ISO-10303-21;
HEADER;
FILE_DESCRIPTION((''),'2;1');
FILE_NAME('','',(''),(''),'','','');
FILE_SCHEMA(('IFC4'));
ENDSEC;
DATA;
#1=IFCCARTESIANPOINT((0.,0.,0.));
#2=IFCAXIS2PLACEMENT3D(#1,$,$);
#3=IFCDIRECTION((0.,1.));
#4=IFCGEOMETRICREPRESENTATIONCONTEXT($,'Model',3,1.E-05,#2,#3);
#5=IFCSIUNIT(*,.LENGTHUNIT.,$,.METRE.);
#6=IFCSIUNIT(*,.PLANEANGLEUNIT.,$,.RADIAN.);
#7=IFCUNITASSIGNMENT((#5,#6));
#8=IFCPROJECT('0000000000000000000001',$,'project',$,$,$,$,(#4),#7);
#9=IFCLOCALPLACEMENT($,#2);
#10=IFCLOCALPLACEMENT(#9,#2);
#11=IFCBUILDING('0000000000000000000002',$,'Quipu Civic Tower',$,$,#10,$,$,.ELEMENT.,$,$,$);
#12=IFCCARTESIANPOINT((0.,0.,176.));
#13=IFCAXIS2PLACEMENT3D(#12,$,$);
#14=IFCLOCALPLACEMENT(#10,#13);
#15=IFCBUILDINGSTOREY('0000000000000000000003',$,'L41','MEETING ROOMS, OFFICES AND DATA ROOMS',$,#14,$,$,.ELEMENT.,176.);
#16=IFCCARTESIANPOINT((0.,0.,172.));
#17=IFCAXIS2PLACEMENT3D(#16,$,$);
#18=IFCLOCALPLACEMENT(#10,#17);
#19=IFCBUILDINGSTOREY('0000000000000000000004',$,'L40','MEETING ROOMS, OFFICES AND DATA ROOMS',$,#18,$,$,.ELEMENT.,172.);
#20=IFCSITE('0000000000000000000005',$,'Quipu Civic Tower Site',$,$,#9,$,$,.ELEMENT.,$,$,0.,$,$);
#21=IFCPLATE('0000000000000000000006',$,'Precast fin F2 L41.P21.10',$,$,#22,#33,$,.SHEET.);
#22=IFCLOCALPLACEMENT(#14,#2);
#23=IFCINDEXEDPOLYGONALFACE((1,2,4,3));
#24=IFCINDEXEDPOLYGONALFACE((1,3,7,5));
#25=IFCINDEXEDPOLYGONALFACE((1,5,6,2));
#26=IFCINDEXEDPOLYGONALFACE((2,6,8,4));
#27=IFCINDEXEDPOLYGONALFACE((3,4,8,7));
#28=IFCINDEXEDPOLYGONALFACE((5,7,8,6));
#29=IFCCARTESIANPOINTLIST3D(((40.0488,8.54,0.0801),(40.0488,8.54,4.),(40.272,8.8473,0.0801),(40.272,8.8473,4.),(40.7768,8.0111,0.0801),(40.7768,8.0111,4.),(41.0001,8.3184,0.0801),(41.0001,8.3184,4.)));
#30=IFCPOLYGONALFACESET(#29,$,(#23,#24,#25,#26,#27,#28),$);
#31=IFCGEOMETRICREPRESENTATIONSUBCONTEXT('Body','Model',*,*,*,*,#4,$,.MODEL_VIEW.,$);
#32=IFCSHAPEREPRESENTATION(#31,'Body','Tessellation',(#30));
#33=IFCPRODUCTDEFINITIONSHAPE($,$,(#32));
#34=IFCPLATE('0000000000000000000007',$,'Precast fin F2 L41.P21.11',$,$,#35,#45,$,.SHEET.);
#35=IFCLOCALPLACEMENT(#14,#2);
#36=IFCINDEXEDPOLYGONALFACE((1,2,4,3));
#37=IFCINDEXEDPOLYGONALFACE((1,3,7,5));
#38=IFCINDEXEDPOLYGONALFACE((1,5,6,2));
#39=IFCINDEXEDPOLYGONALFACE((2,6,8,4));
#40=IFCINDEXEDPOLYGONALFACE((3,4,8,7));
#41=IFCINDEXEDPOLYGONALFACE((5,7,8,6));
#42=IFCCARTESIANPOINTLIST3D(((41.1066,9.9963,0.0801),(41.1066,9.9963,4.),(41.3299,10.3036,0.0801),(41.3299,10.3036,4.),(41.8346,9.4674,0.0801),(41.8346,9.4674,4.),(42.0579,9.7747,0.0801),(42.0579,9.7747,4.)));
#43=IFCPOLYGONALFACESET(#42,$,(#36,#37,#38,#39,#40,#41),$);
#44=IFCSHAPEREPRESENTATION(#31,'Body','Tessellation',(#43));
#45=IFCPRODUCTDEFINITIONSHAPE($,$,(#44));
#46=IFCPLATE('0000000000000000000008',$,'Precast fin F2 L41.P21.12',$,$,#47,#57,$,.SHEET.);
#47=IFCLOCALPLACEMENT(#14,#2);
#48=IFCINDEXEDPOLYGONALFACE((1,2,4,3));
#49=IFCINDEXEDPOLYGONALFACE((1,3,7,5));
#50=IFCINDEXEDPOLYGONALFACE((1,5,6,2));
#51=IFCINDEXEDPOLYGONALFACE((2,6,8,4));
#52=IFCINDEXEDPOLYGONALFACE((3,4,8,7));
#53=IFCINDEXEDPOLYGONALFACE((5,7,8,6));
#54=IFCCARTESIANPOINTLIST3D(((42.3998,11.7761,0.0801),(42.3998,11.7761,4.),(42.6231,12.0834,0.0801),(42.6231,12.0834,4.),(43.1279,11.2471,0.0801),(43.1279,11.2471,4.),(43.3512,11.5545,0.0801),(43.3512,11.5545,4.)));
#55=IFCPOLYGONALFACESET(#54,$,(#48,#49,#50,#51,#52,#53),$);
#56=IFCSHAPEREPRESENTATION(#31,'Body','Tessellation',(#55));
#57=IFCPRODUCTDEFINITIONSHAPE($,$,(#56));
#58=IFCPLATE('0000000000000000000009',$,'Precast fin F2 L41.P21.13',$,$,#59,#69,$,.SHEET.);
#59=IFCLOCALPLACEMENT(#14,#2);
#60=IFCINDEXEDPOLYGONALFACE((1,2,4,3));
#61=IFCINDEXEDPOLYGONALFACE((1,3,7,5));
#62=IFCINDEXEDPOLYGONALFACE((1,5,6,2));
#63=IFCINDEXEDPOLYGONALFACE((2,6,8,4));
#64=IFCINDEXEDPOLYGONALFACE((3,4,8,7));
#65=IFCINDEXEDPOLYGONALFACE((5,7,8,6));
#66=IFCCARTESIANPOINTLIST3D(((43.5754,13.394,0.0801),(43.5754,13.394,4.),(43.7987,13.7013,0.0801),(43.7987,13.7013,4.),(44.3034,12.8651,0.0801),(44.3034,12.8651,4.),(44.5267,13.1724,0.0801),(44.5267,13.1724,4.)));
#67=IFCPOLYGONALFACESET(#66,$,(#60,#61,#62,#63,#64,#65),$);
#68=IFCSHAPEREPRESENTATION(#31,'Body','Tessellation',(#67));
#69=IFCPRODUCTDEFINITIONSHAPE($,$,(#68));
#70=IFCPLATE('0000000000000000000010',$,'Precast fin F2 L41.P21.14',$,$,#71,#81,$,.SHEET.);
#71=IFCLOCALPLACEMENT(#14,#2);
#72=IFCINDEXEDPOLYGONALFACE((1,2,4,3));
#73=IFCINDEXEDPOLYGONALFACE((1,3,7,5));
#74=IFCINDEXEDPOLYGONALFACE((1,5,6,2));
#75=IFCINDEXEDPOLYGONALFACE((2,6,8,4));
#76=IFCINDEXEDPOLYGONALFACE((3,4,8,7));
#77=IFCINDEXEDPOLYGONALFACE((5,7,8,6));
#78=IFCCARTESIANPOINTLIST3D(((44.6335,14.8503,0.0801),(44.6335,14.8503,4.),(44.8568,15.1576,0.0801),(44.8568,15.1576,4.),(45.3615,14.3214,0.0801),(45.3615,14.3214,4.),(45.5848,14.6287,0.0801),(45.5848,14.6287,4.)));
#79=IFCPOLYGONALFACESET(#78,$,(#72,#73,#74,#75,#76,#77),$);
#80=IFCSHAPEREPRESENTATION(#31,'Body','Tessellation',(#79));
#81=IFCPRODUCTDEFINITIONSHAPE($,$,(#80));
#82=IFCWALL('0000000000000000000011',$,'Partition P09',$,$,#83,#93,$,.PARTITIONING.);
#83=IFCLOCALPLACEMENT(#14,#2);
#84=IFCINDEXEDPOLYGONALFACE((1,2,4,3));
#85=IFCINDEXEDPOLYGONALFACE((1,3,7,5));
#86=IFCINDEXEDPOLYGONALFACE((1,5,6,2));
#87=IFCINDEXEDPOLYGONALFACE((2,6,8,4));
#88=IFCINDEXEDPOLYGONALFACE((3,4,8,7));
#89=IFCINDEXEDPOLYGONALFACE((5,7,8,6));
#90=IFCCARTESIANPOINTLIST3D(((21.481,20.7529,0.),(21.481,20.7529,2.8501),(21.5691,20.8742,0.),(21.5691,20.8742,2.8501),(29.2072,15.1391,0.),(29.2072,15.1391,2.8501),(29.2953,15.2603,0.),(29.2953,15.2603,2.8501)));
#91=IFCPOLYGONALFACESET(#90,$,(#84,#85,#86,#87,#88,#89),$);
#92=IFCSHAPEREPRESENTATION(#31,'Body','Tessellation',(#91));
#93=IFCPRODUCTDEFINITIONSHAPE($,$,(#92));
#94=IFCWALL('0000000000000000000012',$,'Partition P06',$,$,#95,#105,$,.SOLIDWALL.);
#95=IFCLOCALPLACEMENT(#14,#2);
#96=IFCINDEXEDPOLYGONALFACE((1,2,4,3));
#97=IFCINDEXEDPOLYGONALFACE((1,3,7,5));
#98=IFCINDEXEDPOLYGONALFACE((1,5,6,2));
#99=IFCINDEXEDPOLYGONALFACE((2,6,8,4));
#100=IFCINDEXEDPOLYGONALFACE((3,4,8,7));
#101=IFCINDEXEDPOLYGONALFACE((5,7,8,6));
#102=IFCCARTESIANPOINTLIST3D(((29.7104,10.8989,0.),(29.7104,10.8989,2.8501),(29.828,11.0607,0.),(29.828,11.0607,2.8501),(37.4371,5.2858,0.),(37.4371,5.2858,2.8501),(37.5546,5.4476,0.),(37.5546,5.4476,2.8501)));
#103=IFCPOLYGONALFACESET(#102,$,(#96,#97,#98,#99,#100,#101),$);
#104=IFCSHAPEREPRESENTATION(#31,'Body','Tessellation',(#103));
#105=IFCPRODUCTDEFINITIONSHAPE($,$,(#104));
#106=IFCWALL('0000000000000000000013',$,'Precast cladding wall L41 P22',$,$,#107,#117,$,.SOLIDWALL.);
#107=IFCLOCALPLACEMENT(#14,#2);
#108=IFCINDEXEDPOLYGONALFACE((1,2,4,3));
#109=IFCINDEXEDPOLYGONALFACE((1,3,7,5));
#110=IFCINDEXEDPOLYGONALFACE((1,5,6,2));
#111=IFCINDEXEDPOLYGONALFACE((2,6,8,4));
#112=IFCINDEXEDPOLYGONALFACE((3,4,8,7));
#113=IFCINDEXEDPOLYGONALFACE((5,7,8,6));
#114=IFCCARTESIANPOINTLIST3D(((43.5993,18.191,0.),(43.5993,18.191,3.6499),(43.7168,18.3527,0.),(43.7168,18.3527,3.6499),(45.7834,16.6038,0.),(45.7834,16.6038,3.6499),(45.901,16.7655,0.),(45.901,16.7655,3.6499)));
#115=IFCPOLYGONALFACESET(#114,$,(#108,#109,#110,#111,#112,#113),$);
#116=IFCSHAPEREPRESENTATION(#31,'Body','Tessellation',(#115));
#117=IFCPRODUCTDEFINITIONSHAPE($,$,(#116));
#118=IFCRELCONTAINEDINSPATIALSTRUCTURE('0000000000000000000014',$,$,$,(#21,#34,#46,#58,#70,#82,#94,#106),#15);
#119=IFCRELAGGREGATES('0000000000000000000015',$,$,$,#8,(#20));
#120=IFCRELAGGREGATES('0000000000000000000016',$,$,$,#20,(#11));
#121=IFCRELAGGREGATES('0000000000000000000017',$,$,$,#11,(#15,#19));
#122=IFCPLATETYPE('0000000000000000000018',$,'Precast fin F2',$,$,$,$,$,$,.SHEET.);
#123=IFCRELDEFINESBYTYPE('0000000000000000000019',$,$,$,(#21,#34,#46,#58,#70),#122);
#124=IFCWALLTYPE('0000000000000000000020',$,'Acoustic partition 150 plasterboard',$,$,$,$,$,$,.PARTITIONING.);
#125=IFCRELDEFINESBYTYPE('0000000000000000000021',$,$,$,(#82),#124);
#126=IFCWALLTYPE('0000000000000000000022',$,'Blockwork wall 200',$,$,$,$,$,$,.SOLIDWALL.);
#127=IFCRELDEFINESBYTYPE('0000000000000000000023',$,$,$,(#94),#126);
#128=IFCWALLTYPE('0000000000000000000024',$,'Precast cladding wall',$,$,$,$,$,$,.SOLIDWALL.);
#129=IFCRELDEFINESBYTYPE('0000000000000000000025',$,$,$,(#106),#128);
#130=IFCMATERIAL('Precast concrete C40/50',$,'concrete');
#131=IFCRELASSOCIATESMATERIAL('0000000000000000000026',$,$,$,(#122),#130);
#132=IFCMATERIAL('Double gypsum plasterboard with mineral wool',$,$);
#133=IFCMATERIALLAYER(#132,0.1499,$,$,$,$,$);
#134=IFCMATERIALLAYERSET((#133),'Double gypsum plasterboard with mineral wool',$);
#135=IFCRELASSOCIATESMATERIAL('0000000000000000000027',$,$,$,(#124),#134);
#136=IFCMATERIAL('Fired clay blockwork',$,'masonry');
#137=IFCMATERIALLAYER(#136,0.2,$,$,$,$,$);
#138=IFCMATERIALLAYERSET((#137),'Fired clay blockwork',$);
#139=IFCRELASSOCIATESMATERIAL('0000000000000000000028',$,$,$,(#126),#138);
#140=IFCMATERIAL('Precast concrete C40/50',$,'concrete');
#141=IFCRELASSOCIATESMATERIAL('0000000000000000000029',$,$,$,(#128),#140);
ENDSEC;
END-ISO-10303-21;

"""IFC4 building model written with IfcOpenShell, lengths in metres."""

from ifc_helpers import new_model, si_unit, direction, frame, frame_2d, origin, origin_2d, place, context, subcontext, project, spatial, rectangle, extrude, material, layer, layer_set, type_object, element, save


model = new_model("IFC4")

# Units and contexts
model_context = context("Model", 3, precision=1e-05, world=origin(), true_north=direction((0.0, 1.0)))
body_context = subcontext(model_context, "Body", "Model", "MODEL_VIEW")
ifc_project = project(units=[si_unit("LENGTHUNIT", "METRE"), si_unit("PLANEANGLEUNIT", "RADIAN")], contexts=[model_context])

# Site, building, storey
site_placement = place(None, origin())
site = spatial("IfcSite", under=ifc_project, at=site_placement, Name="Quipu Civic Tower Site", CompositionType="ELEMENT", RefElevation=0.0)
building_placement = place(site_placement, origin())
building = spatial("IfcBuilding", under=site, at=building_placement, Name="Quipu Civic Tower", CompositionType="ELEMENT")
storey_1_placement = place(building_placement, frame((0.0, 0.0, 176.0)))
storey_1 = spatial("IfcBuildingStorey", under=building, at=storey_1_placement, Name="L41", Description="MEETING ROOMS, OFFICES AND DATA ROOMS", CompositionType="ELEMENT", Elevation=176.0)

# Shared definitions
storey_2_placement = place(building_placement, frame((0.0, 0.0, 172.0)))
storey_2 = spatial("IfcBuildingStorey", under=building, at=storey_2_placement, Name="L40", Description="MEETING ROOMS, OFFICES AND DATA ROOMS", CompositionType="ELEMENT", Elevation=172.0)

# Plates
ifc_material_1 = material(Name="Precast concrete C40/50", Category="concrete")
plate_type_1 = type_object("IfcPlateType", Name="Precast fin F2", PredefinedType="SHEET", material=ifc_material_1)
for number, where, z_axis, x_axis, name in (
    (1, (40.5244, 8.4292, 0.0801), (0.0, 0.0, 1.0), (0.587786, 0.809017, 0.0), "Precast fin F2 L41.P21.10"),
    (2, (41.5823, 9.8855, 0.0801), (0.0, 0.0, 1.0), (0.587786, 0.809017, 0.0), "Precast fin F2 L41.P21.11"),
    (3, (42.8755, 11.6653, 0.0801), (0.0, 0.0, 1.0), (0.587786, 0.809017, 0.0), "Precast fin F2 L41.P21.12"),
    (4, (44.051, 13.2832, 0.0801), (0.0, 0.0, 1.0), (0.587786, 0.809017, 0.0), "Precast fin F2 L41.P21.13"),
    (5, (45.1091, 14.7395, 0.0801), (0.0, 0.0, 1.0), (0.587786, 0.809017, 0.0), "Precast fin F2 L41.P21.14"),
):
    element("IfcPlate", number, at=place(storey_1_placement, frame(where, z_axis=z_axis, x_axis=x_axis)), inside=storey_1, type_object=plate_type_1, Name=name, PredefinedType="SHEET", context=body_context, shape_type="SweptSolid", body=[
        extrude(rectangle(XDim=0.3799, YDim=0.8999, at=origin_2d()), origin(), (0.0, 0.0, 1.0), 3.9199),
    ])

# Walls
ifc_material_2 = material(Name="Double gypsum plasterboard with mineral wool")
ifc_layer_1 = layer(ifc_material_2, 0.1499)
ifc_layer_set_1 = layer_set([ifc_layer_1], Name="Double gypsum plasterboard with mineral wool")
wall_type_1 = type_object("IfcWallType", Name="Acoustic partition 150 plasterboard", PredefinedType="PARTITIONING", material=ifc_layer_set_1)
wall_1_placement = place(storey_1_placement, frame((29.2512, 15.1997, 0.0), z_axis=(0.0, 0.0, 1.0), x_axis=(-0.808995, 0.587816, 0.0)))
element("IfcWall", 6, at=wall_1_placement, inside=storey_1, type_object=wall_type_1, Name="Partition P09", PredefinedType="PARTITIONING", context=body_context, shape_type="SweptSolid", body=[
    extrude(rectangle(XDim=9.5503, YDim=0.1499, at=frame_2d((4.7751, 0.0))), origin(), (0.0, 0.0, 1.0), 2.8501),
])
ifc_material_3 = material(Name="Fired clay blockwork", Category="masonry")
ifc_layer_2 = layer(ifc_material_3, 0.2)
ifc_layer_set_2 = layer_set([ifc_layer_2], Name="Fired clay blockwork")
wall_type_2 = type_object("IfcWallType", Name="Blockwork wall 200", PredefinedType="SOLIDWALL", material=ifc_layer_set_2)
wall_2_placement = place(storey_1_placement, frame((37.4958, 5.3667, 0.0), z_axis=(0.0, 0.0, 1.0), x_axis=(-0.809049, 0.587741, 0.0)))
element("IfcWall", 7, at=wall_2_placement, inside=storey_1, type_object=wall_type_2, Name="Partition P06", PredefinedType="SOLIDWALL", context=body_context, shape_type="SweptSolid", body=[
    extrude(rectangle(XDim=9.5503, YDim=0.2, at=frame_2d((4.7751, 0.0))), origin(), (0.0, 0.0, 1.0), 2.8501),
])
ifc_material_4 = material(Name="Precast concrete C40/50", Category="concrete")
wall_type_3 = type_object("IfcWallType", Name="Precast cladding wall", PredefinedType="SOLIDWALL", material=ifc_material_4)
wall_3_placement = place(storey_1_placement, frame((45.8423, 16.6846, 0.0), z_axis=(0.0, 0.0, 1.0), x_axis=(-0.808959, 0.587865, 0.0)))
element("IfcWall", 8, at=wall_3_placement, inside=storey_1, type_object=wall_type_3, Name="Precast cladding wall L41 P22", PredefinedType="SOLIDWALL", context=body_context, shape_type="SweptSolid", body=[
    extrude(rectangle(XDim=2.7, YDim=0.2, at=frame_2d((1.3501, 0.0))), origin(), (0.0, 0.0, 1.0), 3.6499),
])

save(model, "model.ifc")
